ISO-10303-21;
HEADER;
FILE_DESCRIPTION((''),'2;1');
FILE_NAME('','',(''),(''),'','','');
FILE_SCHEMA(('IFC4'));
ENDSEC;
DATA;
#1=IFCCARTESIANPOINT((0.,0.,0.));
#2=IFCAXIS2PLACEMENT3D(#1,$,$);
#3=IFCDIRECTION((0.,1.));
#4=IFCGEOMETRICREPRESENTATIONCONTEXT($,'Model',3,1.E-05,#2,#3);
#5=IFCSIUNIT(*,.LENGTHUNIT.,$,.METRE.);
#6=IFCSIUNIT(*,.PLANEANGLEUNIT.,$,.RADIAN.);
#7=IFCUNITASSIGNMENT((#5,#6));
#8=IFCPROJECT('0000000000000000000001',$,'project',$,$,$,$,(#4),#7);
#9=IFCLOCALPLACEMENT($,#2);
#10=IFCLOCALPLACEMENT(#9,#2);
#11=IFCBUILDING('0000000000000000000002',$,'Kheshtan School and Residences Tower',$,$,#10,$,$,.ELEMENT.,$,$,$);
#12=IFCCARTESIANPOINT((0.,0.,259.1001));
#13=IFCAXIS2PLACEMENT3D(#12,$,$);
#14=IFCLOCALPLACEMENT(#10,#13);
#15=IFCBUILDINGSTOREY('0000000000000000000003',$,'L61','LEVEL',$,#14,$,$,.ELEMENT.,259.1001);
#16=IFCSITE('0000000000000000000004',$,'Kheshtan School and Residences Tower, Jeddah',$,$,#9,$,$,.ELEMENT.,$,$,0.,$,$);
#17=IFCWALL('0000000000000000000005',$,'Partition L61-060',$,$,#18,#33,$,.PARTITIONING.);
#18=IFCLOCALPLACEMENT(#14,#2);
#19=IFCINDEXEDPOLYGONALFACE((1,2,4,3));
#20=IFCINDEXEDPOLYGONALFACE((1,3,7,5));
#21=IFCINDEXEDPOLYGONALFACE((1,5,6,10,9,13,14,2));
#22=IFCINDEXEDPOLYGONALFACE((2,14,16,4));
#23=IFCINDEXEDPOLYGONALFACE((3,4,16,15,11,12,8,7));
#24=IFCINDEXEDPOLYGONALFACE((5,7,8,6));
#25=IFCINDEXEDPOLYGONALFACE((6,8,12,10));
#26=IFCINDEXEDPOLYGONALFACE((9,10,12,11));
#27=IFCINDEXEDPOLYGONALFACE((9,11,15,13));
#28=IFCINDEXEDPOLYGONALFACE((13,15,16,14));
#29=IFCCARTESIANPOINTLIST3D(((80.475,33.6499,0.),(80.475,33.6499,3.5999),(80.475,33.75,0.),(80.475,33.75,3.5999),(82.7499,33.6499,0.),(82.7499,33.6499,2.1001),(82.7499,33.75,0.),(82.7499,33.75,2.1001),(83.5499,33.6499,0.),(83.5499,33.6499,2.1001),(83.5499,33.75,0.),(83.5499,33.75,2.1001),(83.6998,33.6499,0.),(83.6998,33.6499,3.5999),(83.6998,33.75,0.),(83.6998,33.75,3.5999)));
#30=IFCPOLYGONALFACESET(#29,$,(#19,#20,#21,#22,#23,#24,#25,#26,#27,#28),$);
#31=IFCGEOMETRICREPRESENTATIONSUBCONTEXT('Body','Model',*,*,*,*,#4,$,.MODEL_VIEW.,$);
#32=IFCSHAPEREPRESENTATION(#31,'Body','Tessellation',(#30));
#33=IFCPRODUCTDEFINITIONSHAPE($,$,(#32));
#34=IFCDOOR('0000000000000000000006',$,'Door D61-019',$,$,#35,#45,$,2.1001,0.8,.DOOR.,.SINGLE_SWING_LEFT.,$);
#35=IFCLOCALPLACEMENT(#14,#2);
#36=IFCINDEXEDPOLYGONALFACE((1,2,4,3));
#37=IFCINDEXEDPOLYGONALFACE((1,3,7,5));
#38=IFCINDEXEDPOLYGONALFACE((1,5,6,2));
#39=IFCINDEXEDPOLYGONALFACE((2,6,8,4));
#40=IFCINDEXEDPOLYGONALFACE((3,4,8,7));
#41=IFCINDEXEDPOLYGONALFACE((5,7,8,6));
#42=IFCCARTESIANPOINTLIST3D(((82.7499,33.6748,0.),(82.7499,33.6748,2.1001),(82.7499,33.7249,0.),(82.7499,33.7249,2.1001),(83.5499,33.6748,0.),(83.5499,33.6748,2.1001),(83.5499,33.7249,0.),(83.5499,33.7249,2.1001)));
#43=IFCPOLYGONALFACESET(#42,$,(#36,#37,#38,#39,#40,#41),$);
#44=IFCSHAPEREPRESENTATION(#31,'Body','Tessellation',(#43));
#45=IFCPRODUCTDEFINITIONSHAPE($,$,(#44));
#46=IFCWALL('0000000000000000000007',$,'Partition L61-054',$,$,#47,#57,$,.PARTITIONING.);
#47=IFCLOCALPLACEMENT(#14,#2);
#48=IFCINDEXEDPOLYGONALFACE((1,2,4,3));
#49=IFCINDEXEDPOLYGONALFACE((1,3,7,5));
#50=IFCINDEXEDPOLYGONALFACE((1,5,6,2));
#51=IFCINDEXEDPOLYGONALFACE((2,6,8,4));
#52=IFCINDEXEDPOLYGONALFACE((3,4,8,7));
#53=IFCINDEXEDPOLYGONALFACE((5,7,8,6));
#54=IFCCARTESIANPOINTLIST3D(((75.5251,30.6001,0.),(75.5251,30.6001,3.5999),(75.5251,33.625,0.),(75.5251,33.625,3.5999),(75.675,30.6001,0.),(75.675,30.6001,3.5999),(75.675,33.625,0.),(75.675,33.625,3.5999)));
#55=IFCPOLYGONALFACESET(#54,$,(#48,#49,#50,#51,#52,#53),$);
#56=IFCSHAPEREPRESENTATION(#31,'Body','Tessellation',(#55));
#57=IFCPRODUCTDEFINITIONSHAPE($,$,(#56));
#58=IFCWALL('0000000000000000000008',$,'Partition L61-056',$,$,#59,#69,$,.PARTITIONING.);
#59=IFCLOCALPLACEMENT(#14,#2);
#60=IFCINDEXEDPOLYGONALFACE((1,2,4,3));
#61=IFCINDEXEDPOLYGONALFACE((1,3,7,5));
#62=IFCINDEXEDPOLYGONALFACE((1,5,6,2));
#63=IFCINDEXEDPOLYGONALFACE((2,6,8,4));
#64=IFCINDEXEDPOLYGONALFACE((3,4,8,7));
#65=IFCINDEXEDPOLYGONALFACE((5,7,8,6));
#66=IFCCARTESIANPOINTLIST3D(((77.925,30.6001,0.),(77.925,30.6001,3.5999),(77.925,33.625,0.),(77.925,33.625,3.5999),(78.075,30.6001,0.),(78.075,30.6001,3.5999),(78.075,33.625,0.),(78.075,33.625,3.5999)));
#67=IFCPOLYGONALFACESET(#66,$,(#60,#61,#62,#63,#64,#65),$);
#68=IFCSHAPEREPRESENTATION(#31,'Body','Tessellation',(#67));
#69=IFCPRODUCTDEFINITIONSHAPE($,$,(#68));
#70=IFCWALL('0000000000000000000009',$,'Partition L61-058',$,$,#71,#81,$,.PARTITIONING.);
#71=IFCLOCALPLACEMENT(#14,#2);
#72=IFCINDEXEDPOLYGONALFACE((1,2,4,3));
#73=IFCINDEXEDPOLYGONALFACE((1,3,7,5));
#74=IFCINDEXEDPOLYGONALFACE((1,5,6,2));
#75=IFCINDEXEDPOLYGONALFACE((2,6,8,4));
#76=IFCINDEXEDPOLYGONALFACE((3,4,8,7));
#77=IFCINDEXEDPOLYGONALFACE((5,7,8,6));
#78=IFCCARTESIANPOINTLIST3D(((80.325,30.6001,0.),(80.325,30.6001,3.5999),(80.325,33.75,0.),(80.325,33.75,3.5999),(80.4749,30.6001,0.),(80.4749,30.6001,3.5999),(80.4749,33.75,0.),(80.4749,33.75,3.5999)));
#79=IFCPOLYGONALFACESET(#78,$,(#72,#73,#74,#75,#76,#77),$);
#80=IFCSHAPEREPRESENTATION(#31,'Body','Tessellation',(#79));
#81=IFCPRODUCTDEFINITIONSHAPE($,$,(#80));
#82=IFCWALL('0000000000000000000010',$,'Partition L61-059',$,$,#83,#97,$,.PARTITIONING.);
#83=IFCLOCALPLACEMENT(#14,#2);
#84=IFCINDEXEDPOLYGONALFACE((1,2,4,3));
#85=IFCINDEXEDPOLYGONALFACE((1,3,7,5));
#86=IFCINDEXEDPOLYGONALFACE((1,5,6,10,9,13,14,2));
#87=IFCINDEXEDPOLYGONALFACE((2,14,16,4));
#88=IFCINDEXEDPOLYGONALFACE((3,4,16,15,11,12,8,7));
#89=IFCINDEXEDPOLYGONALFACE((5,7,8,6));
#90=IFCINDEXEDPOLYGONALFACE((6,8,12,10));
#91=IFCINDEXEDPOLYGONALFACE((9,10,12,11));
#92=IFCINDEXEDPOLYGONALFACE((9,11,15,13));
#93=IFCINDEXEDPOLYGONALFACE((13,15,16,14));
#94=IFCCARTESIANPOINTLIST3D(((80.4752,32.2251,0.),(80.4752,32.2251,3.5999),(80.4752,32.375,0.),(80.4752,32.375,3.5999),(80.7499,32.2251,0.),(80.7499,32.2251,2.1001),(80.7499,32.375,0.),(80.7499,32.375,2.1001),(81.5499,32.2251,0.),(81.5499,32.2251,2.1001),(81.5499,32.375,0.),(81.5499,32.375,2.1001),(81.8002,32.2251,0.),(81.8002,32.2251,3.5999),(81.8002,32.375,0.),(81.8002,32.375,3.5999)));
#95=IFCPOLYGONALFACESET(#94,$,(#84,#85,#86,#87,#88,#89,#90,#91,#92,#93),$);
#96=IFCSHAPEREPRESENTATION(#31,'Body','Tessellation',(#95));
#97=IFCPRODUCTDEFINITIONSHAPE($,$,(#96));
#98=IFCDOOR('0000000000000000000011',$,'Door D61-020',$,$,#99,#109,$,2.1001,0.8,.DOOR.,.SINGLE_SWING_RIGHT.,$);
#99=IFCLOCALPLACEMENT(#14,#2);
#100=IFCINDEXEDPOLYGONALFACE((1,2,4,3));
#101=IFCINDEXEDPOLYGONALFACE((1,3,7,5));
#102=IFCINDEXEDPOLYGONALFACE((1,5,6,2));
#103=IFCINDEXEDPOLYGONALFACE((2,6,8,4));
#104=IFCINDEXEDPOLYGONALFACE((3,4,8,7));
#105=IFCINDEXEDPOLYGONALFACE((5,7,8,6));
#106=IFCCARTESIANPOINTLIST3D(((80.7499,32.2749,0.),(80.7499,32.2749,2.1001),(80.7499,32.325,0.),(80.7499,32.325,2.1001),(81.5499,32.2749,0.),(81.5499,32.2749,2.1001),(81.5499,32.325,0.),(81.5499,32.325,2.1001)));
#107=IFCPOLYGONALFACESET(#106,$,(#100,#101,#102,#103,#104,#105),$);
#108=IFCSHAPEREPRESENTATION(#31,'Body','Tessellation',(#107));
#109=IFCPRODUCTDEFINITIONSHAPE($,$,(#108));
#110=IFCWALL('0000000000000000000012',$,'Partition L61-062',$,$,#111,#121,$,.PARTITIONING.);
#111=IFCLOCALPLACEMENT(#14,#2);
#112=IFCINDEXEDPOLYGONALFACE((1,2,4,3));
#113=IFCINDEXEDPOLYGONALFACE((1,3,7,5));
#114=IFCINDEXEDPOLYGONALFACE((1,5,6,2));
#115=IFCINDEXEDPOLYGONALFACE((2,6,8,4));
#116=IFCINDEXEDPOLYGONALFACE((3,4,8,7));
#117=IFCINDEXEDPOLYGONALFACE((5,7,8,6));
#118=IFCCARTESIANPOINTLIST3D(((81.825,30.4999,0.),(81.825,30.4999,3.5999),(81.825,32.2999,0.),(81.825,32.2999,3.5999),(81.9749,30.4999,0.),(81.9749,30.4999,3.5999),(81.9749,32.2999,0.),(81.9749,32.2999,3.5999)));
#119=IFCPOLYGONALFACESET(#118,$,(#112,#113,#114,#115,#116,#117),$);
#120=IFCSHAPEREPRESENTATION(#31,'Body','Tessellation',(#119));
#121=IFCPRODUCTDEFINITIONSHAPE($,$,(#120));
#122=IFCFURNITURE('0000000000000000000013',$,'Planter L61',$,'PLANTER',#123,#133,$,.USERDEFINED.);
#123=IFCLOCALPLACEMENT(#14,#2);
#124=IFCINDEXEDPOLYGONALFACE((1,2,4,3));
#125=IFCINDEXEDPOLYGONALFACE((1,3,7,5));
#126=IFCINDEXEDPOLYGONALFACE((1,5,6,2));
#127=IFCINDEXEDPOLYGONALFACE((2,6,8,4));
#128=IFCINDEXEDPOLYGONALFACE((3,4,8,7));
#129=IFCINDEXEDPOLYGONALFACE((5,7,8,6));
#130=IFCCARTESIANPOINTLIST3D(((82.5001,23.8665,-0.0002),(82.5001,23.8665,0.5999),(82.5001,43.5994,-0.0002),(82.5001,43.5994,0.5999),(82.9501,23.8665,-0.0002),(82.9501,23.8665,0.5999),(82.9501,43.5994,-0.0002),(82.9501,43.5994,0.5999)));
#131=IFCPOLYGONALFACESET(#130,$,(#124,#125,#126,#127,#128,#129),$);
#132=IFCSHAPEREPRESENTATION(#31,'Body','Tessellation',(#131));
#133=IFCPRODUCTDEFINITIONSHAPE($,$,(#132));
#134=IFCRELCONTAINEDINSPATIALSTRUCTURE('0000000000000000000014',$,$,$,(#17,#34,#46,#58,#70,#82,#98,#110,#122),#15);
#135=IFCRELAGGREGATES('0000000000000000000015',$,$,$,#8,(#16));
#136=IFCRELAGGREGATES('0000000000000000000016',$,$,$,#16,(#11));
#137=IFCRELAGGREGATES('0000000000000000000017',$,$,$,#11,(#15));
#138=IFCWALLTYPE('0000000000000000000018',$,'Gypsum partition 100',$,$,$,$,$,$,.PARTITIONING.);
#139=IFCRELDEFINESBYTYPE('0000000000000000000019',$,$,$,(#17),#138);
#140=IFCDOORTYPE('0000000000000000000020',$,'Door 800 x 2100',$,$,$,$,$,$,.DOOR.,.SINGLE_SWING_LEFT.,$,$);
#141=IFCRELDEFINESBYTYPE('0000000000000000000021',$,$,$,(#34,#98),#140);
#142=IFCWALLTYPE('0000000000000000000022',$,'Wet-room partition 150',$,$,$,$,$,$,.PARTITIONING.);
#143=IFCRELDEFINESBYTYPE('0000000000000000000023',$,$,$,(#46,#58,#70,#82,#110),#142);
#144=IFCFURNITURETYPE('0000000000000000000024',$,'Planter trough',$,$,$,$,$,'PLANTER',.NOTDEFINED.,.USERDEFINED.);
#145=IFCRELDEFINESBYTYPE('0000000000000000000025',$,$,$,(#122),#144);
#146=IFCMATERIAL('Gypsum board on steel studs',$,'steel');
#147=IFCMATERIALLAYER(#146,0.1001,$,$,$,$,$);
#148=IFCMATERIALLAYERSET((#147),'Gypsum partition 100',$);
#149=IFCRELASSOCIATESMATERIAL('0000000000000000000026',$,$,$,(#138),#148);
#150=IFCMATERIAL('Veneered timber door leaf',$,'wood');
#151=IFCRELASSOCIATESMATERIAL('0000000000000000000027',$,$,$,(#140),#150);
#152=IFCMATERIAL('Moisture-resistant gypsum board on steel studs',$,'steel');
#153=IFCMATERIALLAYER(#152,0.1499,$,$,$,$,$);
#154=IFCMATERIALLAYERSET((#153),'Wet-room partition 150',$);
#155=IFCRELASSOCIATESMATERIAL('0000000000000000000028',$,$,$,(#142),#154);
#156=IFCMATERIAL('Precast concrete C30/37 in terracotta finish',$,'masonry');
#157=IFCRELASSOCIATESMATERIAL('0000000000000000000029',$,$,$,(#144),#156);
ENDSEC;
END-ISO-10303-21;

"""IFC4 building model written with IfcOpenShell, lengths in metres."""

from ifc_helpers import new_model, si_unit, direction, frame, frame_2d, origin, origin_2d, place, context, subcontext, project, spatial, rectangle, extrude, source, transform, mapped, material, layer, layer_set, type_object, element, fill, save


model = new_model("IFC4")

# Units and contexts
model_context = context("Model", 3, precision=1e-05, world=origin(), true_north=direction((0.0, 1.0)))
body_context = subcontext(model_context, "Body", "Model", "MODEL_VIEW")
ifc_project = project(units=[si_unit("LENGTHUNIT", "METRE"), si_unit("PLANEANGLEUNIT", "RADIAN")], contexts=[model_context])

# Site, building, storey
site_placement = place(None, origin())
site = spatial("IfcSite", under=ifc_project, at=site_placement, Name="Kheshtan School and Residences Tower, Jeddah", CompositionType="ELEMENT", RefElevation=0.0)
building_placement = place(site_placement, origin())
building = spatial("IfcBuilding", under=site, at=building_placement, Name="Kheshtan School and Residences Tower", CompositionType="ELEMENT")
storey_placement = place(building_placement, frame((0.0, 0.0, 259.1001)))
storey = spatial("IfcBuildingStorey", under=building, at=storey_placement, Name="L61", Description="LEVEL", CompositionType="ELEMENT", Elevation=259.1001)

# Shared definitions
ifc_material_1 = material(Name="Gypsum board on steel studs", Category="steel")
ifc_layer_1 = layer(ifc_material_1, 0.1001)
ifc_layer_set_1 = layer_set([ifc_layer_1], Name="Gypsum partition 100")
wall_type_1 = type_object("IfcWallType", Name="Gypsum partition 100", PredefinedType="PARTITIONING", material=ifc_layer_set_1)

# Wall, opening, door
wall_1_placement = place(storey_placement, frame((80.4751, 33.7, 0.0), z_axis=(0.0, 0.0, 1.0), x_axis=(1.0, 0.0, 0.0)))
wall_1 = element("IfcWall", 1, at=wall_1_placement, inside=storey, type_object=wall_type_1, Name="Partition L61-060", PredefinedType="PARTITIONING", context=body_context, shape_type="SweptSolid", body=[
    extrude(rectangle(XDim=3.2249, YDim=0.1001, at=frame_2d((1.6123, 0.0))), origin(), (0.0, 0.0, 1.0), 3.5999),
])
opening_1_placement = place(wall_1_placement, frame((2.2749, 0.0, 0.0)))
opening_1 = element("IfcOpeningElement", 2, at=opening_1_placement, cuts=wall_1, PredefinedType="OPENING", context=body_context, shape_type="SweptSolid", body=[
    extrude(rectangle(XDim=0.8, YDim=2.1001, at=frame_2d((0.3999, 1.05))), frame((0.0, 0.0601, 0.0), z_axis=(0.0, -1.0, 0.0), x_axis=(1.0, 0.0, 0.0)), (0.0, 0.0, 1.0), 0.1201),
])
ifc_material_2 = material(Name="Veneered timber door leaf", Category="wood")
door_type_1 = type_object("IfcDoorType", Name="Door 800 x 2100", OperationType="SINGLE_SWING_LEFT", PredefinedType="DOOR", material=ifc_material_2)
shared_shape_1 = source(origin(), body_context, "Body", "SweptSolid", [
    extrude(rectangle(XDim=0.8, YDim=2.1001, at=frame_2d((0.3999, 1.05))), frame((0.0, 0.0249, 0.0), z_axis=(0.0, -1.0, 0.0), x_axis=(1.0, 0.0, 0.0)), (0.0, 0.0, 1.0), 0.05),
])
door_1_placement = place(opening_1_placement, origin())
door_1 = element("IfcDoor", 3, at=door_1_placement, inside=storey, type_object=door_type_1, Name="Door D61-019", OperationType="SINGLE_SWING_LEFT", OverallHeight=2.1001, OverallWidth=0.8, PredefinedType="DOOR", context=body_context, shape_type="MappedRepresentation", body=[
    mapped(shared_shape_1, transform((0.0, 0.0, 0.0), x_axis=(1.0, 0.0, 0.0), y_axis=(0.0, 1.0, 0.0), z_axis=(0.0, 0.0, 1.0), scale=1.0)),
])
fill(opening_1, door_1)

# Walls
ifc_material_3 = material(Name="Moisture-resistant gypsum board on steel studs", Category="steel")
ifc_layer_2 = layer(ifc_material_3, 0.1499)
ifc_layer_set_2 = layer_set([ifc_layer_2], Name="Wet-room partition 150")
wall_type_2 = type_object("IfcWallType", Name="Wet-room partition 150", PredefinedType="PARTITIONING", material=ifc_layer_set_2)
for number, where, z_axis, x_axis, name in (
    (4, (75.6001, 30.6001, 0.0), (0.0, 0.0, 1.0), (0.0, 1.0, 0.0), "Partition L61-054"),
    (5, (78.0, 30.6001, 0.0), (0.0, 0.0, 1.0), (0.0, 1.0, 0.0), "Partition L61-056"),
):
    element("IfcWall", number, at=place(storey_placement, frame(where, z_axis=z_axis, x_axis=x_axis)), inside=storey, type_object=wall_type_2, Name=name, PredefinedType="PARTITIONING", context=body_context, shape_type="SweptSolid", body=[
        extrude(rectangle(XDim=3.0249, YDim=0.1499, at=frame_2d((1.5125, 0.0))), origin(), (0.0, 0.0, 1.0), 3.5999),
    ])
wall_2_placement = place(storey_placement, frame((80.3999, 30.6001, 0.0), z_axis=(0.0, 0.0, 1.0), x_axis=(0.0, 1.0, 0.0)))
element("IfcWall", 6, at=wall_2_placement, inside=storey, type_object=wall_type_2, Name="Partition L61-058", PredefinedType="PARTITIONING", context=body_context, shape_type="SweptSolid", body=[
    extrude(rectangle(XDim=3.1499, YDim=0.1499, at=frame_2d((1.575, 0.0))), origin(), (0.0, 0.0, 1.0), 3.5999),
])

# Wall, opening, door
wall_3_placement = place(storey_placement, frame((80.4751, 32.3, 0.0), z_axis=(0.0, 0.0, 1.0), x_axis=(1.0, 0.0, 0.0)))
wall_3 = element("IfcWall", 7, at=wall_3_placement, inside=storey, type_object=wall_type_2, Name="Partition L61-059", PredefinedType="PARTITIONING", context=body_context, shape_type="SweptSolid", body=[
    extrude(rectangle(XDim=1.325, YDim=0.1499, at=frame_2d((0.6626, 0.0))), origin(), (0.0, 0.0, 1.0), 3.5999),
])
opening_2_placement = place(wall_3_placement, frame((0.2749, 0.0, 0.0)))
opening_2 = element("IfcOpeningElement", 8, at=opening_2_placement, cuts=wall_3, PredefinedType="OPENING", context=body_context, shape_type="SweptSolid", body=[
    extrude(rectangle(XDim=0.8, YDim=2.1001, at=frame_2d((0.3999, 1.05))), frame((0.0, 0.085, 0.0), z_axis=(0.0, -1.0, 0.0), x_axis=(1.0, 0.0, 0.0)), (0.0, 0.0, 1.0), 0.1699),
])
door_2_placement = place(opening_2_placement, origin())
door_2 = element("IfcDoor", 9, at=door_2_placement, inside=storey, type_object=door_type_1, Name="Door D61-020", OperationType="SINGLE_SWING_RIGHT", OverallHeight=2.1001, OverallWidth=0.8, PredefinedType="DOOR", context=body_context, shape_type="MappedRepresentation", body=[
    mapped(shared_shape_1, transform((0.0, 0.0, 0.0), x_axis=(1.0, 0.0, 0.0), y_axis=(0.0, 1.0, 0.0), z_axis=(0.0, 0.0, 1.0), scale=1.0)),
])
fill(opening_2, door_2)

# Wall
wall_4_placement = place(storey_placement, frame((81.8999, 30.5, 0.0), z_axis=(0.0, 0.0, 1.0), x_axis=(0.0, 1.0, 0.0)))
element("IfcWall", 10, at=wall_4_placement, inside=storey, type_object=wall_type_2, Name="Partition L61-062", PredefinedType="PARTITIONING", context=body_context, shape_type="SweptSolid", body=[
    extrude(rectangle(XDim=1.8, YDim=0.1499, at=frame_2d((0.8999, 0.0))), origin(), (0.0, 0.0, 1.0), 3.5999),
])

# Furniture
ifc_material_4 = material(Name="Precast concrete C30/37 in terracotta finish", Category="masonry")
furniture_type = type_object("IfcFurnitureType", Name="Planter trough", ElementType="PLANTER", AssemblyPlace="NOTDEFINED", PredefinedType="USERDEFINED", material=ifc_material_4)
furniture_placement = place(storey_placement, frame((82.7251, 33.7329, -0.0002), z_axis=(0.0, 0.0, 1.0), x_axis=(0.0, -1.0, 0.0)))
element("IfcFurniture", 11, at=furniture_placement, inside=storey, type_object=furniture_type, Name="Planter L61", ObjectType="PLANTER", PredefinedType="USERDEFINED", context=body_context, shape_type="SweptSolid", body=[
    extrude(rectangle(XDim=19.7329, YDim=0.45, at=origin_2d()), origin(), (0.0, 0.0, 1.0), 0.6001),
])

save(model, "model.ifc")
